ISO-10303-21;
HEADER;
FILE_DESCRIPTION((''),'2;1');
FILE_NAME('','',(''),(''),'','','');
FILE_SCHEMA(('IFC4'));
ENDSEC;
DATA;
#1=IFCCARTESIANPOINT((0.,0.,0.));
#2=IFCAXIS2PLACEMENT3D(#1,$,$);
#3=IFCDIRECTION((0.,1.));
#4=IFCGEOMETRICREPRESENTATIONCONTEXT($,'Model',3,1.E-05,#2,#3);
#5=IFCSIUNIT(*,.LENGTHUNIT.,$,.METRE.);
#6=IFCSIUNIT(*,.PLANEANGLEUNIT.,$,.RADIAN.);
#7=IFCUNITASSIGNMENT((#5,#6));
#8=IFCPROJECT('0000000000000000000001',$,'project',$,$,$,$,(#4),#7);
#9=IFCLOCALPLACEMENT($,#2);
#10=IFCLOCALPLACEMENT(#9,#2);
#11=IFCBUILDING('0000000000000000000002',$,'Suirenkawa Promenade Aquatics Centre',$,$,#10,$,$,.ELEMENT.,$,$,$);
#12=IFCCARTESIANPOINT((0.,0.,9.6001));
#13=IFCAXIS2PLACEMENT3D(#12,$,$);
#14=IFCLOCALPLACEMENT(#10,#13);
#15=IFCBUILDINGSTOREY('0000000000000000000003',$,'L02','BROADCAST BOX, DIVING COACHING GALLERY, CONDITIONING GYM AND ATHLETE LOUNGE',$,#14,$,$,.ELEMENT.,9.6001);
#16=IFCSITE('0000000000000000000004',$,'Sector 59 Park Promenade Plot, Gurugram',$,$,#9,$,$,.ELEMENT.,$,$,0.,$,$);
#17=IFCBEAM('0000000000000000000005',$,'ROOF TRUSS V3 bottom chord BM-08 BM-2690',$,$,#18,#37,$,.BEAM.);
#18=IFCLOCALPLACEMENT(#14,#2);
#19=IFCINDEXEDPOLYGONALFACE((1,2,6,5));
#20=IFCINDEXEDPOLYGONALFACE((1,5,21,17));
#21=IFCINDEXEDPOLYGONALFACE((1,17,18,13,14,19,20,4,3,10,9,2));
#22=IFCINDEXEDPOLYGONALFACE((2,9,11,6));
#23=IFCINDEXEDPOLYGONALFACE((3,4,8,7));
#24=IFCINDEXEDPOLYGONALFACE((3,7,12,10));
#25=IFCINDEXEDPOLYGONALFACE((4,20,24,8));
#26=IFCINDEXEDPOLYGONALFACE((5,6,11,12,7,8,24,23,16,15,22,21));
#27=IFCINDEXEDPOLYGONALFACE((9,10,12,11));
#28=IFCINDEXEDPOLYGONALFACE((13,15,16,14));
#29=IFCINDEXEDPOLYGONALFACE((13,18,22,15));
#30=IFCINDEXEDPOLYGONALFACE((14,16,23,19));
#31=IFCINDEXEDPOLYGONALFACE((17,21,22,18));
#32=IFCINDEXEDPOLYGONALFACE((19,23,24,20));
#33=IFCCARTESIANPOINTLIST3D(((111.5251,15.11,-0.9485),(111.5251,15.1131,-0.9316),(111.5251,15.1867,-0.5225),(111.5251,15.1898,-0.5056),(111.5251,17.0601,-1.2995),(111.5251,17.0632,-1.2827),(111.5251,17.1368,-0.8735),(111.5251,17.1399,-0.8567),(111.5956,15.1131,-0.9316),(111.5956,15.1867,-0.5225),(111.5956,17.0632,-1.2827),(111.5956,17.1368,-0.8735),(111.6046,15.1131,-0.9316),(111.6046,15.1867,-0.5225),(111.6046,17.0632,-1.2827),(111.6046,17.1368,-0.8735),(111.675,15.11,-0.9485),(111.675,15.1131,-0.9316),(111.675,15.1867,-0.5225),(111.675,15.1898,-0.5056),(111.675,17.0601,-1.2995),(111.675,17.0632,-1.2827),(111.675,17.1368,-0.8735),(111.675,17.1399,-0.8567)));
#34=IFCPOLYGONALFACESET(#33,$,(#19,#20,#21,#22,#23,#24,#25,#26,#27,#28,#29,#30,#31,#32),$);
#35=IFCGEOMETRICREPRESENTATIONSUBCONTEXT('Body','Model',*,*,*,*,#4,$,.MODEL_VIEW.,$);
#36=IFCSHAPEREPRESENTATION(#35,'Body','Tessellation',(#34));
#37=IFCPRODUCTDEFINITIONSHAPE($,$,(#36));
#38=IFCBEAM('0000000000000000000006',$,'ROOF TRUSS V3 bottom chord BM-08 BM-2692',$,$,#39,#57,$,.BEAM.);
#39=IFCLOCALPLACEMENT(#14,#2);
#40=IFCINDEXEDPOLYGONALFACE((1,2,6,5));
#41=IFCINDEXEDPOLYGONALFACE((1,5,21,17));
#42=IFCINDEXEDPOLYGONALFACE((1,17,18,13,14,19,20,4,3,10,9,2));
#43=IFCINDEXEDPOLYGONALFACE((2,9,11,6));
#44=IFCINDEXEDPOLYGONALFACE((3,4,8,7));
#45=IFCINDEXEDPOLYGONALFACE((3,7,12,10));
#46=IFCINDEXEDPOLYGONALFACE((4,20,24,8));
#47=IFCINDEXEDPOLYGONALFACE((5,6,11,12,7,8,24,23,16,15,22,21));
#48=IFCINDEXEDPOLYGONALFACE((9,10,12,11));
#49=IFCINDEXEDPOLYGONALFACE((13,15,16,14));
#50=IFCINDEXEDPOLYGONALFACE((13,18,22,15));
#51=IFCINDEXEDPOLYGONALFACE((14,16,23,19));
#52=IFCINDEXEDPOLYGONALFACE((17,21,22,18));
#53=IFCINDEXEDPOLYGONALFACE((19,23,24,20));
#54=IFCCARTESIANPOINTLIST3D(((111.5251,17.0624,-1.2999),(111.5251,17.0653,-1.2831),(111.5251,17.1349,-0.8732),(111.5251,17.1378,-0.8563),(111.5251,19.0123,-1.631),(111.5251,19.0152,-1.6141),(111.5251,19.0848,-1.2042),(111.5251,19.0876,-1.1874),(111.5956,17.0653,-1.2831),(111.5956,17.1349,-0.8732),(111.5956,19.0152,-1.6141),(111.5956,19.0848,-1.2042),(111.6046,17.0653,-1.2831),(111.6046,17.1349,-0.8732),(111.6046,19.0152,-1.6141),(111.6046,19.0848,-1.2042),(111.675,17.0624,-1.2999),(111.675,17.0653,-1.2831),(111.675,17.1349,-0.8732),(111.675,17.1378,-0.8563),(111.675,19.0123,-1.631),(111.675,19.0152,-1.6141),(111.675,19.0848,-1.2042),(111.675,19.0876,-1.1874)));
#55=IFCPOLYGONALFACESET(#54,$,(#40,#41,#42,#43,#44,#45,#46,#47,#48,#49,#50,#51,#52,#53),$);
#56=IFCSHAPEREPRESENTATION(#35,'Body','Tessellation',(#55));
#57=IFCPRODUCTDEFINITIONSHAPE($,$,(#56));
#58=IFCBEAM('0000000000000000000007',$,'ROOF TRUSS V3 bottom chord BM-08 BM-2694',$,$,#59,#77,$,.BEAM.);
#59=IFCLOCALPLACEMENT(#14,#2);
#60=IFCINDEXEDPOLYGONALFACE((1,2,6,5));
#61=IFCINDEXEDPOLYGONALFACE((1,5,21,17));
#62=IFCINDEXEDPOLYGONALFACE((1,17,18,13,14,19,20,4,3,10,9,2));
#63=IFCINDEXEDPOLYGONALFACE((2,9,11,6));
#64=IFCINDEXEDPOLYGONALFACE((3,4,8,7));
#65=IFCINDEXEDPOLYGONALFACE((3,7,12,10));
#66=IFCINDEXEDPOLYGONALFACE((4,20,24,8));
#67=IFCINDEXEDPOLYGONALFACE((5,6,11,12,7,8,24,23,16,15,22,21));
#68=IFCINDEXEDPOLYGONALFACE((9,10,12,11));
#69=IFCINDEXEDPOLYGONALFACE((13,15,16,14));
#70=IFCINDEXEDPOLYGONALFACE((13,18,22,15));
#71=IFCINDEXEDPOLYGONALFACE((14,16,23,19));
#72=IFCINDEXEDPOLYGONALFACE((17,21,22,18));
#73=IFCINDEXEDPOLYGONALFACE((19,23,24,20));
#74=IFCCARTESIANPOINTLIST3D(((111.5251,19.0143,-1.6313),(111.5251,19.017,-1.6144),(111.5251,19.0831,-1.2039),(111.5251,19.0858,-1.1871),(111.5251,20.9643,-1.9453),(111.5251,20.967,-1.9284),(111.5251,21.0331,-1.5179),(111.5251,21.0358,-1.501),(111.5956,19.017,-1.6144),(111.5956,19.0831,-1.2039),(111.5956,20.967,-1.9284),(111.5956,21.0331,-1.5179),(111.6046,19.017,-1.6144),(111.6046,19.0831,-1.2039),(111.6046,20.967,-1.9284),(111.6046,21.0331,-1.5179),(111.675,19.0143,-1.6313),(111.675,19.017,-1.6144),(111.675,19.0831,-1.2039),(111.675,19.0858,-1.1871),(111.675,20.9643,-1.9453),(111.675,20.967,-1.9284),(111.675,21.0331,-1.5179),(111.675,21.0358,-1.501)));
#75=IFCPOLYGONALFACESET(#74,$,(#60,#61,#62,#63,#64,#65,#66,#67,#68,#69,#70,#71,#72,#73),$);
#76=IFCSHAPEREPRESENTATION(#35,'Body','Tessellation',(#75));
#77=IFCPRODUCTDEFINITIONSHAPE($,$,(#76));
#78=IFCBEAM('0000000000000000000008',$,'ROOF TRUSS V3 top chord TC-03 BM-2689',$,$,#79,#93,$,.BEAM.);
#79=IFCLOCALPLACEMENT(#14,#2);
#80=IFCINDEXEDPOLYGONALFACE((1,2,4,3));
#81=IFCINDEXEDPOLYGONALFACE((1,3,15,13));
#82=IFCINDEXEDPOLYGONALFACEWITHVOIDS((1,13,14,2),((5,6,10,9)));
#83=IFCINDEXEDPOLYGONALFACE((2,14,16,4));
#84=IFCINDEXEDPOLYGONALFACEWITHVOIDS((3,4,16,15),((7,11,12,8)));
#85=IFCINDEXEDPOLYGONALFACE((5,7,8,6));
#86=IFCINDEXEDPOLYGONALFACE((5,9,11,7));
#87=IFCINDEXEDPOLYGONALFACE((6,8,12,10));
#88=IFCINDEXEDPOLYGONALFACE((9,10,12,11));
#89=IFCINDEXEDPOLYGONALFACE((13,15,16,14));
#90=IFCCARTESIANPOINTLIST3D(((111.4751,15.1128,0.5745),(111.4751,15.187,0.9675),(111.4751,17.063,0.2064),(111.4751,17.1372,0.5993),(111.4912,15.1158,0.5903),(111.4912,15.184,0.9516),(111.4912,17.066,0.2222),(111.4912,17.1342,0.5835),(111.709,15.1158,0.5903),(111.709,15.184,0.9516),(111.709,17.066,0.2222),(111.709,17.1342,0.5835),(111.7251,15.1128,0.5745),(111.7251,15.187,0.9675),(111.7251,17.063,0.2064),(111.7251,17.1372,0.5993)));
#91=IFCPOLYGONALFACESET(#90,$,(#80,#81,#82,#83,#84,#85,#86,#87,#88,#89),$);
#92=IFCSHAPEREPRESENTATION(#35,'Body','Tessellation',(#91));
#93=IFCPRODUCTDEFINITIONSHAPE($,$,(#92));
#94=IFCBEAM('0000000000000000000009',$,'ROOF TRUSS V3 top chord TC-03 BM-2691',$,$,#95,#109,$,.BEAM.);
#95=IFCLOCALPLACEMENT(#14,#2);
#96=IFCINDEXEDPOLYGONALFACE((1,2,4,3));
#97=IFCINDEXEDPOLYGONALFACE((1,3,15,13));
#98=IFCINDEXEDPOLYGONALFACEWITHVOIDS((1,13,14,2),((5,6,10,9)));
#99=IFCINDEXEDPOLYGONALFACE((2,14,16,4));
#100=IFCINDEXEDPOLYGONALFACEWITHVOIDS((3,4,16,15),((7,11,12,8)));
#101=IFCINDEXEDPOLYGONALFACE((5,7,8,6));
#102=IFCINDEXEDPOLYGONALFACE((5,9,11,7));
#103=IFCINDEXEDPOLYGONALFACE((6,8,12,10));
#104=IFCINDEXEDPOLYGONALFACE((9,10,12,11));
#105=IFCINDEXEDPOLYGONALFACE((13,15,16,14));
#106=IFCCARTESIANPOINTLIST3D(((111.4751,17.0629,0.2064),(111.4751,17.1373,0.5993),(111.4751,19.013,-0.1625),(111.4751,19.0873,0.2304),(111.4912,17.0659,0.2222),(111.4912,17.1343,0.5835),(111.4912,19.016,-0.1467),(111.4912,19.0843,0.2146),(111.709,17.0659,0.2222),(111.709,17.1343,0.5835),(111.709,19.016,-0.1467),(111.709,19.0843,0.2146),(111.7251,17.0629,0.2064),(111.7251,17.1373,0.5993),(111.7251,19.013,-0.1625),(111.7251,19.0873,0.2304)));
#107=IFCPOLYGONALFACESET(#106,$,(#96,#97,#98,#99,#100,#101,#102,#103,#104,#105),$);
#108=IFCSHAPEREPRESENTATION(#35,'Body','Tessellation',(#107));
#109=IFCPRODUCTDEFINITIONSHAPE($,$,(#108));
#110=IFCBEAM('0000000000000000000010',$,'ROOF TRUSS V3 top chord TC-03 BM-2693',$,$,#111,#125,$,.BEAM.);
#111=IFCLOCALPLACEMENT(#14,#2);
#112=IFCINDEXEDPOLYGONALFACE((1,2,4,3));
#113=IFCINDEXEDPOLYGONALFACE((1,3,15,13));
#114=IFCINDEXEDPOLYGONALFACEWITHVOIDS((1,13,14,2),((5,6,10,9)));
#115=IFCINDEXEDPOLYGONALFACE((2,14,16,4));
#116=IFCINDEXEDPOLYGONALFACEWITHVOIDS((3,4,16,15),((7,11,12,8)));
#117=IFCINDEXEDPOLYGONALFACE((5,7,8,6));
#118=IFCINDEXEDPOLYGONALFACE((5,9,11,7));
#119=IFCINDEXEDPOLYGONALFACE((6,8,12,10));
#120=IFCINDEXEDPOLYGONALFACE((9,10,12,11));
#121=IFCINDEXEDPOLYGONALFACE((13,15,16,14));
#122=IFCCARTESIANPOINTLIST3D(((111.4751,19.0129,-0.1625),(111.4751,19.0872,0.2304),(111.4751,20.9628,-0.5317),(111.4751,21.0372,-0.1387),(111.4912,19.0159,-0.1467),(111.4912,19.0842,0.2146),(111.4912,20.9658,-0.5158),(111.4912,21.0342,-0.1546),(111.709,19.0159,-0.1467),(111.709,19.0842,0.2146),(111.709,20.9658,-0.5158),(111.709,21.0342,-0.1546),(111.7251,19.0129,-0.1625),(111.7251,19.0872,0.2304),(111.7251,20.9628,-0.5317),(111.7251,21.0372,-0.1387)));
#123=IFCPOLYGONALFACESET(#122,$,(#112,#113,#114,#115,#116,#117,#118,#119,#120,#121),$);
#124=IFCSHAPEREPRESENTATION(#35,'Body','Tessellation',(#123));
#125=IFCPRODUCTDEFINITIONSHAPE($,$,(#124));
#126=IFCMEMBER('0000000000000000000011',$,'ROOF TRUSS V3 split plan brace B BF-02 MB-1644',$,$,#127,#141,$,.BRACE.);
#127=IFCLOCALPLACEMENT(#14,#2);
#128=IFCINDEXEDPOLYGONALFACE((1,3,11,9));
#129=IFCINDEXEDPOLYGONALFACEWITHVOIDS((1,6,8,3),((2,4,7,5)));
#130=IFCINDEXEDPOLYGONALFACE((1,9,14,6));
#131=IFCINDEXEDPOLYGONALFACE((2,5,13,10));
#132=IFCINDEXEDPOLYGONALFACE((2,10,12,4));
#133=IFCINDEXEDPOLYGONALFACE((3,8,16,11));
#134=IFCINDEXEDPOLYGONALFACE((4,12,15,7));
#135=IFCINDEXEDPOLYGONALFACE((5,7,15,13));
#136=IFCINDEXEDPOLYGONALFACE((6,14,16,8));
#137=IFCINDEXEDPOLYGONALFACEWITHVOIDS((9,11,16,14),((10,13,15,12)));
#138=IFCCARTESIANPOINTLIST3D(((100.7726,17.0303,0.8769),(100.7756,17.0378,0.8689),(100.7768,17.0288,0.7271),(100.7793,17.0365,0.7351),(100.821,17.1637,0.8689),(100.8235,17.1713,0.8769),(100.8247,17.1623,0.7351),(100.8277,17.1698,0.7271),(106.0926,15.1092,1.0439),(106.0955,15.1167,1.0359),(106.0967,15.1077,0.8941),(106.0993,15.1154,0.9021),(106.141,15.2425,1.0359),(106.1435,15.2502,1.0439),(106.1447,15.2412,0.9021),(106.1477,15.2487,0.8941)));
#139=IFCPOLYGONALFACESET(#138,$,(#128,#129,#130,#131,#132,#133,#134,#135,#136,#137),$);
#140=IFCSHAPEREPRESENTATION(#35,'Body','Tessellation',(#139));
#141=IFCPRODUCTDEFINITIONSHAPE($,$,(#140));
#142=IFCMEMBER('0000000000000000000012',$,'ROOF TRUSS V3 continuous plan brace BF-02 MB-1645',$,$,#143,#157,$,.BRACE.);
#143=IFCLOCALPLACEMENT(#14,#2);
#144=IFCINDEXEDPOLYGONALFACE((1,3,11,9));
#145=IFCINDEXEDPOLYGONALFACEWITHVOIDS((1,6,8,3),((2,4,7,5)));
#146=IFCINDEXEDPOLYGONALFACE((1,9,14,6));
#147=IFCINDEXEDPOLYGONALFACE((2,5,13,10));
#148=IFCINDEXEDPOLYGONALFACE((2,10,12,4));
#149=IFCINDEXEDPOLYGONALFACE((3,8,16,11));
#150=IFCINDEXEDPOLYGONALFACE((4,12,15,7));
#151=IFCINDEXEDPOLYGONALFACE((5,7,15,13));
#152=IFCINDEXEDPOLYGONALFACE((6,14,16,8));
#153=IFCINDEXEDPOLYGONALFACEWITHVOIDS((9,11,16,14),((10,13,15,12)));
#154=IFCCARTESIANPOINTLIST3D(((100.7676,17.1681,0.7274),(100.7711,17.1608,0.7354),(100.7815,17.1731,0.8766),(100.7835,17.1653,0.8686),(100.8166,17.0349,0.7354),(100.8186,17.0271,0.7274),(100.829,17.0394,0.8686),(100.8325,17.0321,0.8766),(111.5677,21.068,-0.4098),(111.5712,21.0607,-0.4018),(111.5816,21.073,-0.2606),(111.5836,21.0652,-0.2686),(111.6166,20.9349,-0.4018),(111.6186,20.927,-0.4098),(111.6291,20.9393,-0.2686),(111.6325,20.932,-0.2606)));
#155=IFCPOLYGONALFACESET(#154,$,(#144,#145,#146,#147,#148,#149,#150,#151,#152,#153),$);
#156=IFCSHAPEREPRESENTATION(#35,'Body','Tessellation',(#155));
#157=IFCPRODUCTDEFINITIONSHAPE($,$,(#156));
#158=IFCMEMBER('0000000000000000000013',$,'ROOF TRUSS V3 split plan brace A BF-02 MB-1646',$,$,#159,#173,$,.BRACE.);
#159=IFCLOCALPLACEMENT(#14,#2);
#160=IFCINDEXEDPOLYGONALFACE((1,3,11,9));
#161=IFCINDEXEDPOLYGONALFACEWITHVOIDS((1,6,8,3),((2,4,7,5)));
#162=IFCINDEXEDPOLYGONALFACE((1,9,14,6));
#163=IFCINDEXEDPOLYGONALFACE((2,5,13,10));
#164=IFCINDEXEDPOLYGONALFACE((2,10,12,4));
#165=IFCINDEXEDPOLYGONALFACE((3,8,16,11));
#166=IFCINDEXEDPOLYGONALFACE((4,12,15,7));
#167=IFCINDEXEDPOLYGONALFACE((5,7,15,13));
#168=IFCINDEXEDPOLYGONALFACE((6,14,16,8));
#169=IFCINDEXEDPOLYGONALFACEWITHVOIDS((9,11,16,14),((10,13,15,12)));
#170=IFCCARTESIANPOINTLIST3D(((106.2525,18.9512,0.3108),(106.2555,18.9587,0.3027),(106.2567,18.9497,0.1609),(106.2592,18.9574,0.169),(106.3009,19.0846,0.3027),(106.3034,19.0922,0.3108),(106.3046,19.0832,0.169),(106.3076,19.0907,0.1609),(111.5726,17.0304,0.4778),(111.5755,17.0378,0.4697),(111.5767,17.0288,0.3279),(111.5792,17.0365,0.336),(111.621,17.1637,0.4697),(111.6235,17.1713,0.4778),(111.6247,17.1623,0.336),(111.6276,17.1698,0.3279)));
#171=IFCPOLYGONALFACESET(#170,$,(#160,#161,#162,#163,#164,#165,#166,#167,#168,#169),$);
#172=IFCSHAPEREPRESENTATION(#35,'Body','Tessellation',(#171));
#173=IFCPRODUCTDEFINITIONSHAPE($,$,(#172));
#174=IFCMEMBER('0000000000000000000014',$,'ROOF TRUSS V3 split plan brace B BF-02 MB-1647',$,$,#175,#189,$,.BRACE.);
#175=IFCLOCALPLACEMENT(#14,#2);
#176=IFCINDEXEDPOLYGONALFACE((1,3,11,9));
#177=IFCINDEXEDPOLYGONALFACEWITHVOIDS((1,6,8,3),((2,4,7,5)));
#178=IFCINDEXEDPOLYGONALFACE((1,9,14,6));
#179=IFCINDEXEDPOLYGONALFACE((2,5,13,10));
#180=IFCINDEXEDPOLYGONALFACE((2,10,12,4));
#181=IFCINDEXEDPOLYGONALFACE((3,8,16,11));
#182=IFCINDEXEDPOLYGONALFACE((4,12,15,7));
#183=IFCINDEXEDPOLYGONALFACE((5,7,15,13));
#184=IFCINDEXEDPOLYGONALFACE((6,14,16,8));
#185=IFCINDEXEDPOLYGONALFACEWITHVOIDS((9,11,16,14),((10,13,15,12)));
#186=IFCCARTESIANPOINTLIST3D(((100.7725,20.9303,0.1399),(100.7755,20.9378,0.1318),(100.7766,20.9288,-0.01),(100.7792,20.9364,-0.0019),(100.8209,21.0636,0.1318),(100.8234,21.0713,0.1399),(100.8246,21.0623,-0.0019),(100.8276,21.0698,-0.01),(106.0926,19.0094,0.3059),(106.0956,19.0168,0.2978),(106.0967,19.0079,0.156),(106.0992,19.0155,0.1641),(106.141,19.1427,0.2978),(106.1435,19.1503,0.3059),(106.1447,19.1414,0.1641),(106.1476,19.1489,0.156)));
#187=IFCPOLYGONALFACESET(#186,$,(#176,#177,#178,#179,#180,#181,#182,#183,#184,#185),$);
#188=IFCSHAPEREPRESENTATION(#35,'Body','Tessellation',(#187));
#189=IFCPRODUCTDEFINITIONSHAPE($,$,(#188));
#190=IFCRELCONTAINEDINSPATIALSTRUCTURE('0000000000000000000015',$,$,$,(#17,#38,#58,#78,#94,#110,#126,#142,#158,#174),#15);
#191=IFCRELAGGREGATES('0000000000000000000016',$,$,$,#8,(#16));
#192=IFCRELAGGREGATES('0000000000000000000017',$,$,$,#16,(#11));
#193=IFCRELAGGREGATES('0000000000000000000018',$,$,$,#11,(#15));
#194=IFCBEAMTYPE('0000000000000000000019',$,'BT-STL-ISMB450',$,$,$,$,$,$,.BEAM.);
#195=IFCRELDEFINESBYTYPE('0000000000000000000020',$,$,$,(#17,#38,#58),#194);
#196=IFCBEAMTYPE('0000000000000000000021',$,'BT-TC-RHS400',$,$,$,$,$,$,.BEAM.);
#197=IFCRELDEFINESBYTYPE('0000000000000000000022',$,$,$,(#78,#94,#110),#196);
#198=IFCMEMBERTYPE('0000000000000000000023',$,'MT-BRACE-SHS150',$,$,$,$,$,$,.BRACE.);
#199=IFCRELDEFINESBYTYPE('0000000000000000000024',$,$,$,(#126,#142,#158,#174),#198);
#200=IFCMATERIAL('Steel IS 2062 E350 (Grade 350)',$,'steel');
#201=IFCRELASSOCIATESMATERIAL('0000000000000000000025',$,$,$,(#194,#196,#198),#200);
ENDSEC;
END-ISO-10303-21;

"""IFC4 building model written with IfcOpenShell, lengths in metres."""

from ifc_helpers import new_model, si_unit, direction, frame, origin, origin_2d, place, context, subcontext, project, spatial, hollow_rectangle, i_section, extrude, material, material_profile, profile_set, type_object, element, save


model = new_model("IFC4")

# Units and contexts
model_context = context("Model", 3, precision=1e-05, world=origin(), true_north=direction((0.0, 1.0)))
body_context = subcontext(model_context, "Body", "Model", "MODEL_VIEW")
ifc_project = project(units=[si_unit("LENGTHUNIT", "METRE"), si_unit("PLANEANGLEUNIT", "RADIAN")], contexts=[model_context])

# Site, building, storey
site_placement = place(None, origin())
site = spatial("IfcSite", under=ifc_project, at=site_placement, Name="Sector 59 Park Promenade Plot, Gurugram", CompositionType="ELEMENT", RefElevation=0.0)
building_placement = place(site_placement, origin())
building = spatial("IfcBuilding", under=site, at=building_placement, Name="Suirenkawa Promenade Aquatics Centre", CompositionType="ELEMENT")
storey_placement = place(building_placement, frame((0.0, 0.0, 9.6001)))
storey = spatial("IfcBuildingStorey", under=building, at=storey_placement, Name="L02", Description="BROADCAST BOX, DIVING COACHING GALLERY, CONDITIONING GYM AND ATHLETE LOUNGE", CompositionType="ELEMENT", Elevation=9.6001)

# Beams
ifc_material = material(Name="Steel IS 2062 E350 (Grade 350)", Category="steel")
ifc_material_profile_1 = material_profile(ifc_material, i_section(OverallWidth=0.1499, OverallDepth=0.45, WebThickness=0.009, FlangeThickness=0.0171, at=origin_2d()), Name="ISMB 450", Category="steel")
ifc_profile_set_1 = profile_set([ifc_material_profile_1], Name="Steel IS 2062 E350 (Grade 350)")
beam_type_1 = type_object("IfcBeamType", Name="BT-STL-ISMB450", PredefinedType="BEAM", material=ifc_profile_set_1)
beam_1_placement = place(storey_placement, frame((111.6001, 15.1499, -0.7271), z_axis=(0.0, 0.98418, -0.177172), x_axis=(-1.0, 0.0, 0.0)))
element("IfcBeam", 1, at=beam_1_placement, inside=storey, type_object=beam_type_1, Name="ROOF TRUSS V3 bottom chord BM-08 BM-2690", PredefinedType="BEAM", context=body_context, shape_type="SweptSolid", body=[
    extrude(i_section(OverallWidth=0.1499, OverallDepth=0.45, WebThickness=0.009, FlangeThickness=0.0171, at=origin_2d()), origin(), (0.0, 0.0, 1.0), 1.9814),
])
beam_2_placement = place(storey_placement, frame((111.6001, 17.1001, -1.0781), z_axis=(0.0, 0.985892, -0.167381), x_axis=(-1.0, 0.0, 0.0)))
element("IfcBeam", 2, at=beam_2_placement, inside=storey, type_object=beam_type_1, Name="ROOF TRUSS V3 bottom chord BM-08 BM-2692", PredefinedType="BEAM", context=body_context, shape_type="SweptSolid", body=[
    extrude(i_section(OverallWidth=0.1499, OverallDepth=0.45, WebThickness=0.009, FlangeThickness=0.0171, at=origin_2d()), origin(), (0.0, 0.0, 1.0), 1.9778),
])
beam_3_placement = place(storey_placement, frame((111.6001, 19.05, -1.4092), z_axis=(0.0, 0.987284, -0.158964), x_axis=(-1.0, 0.0, 0.0)))
element("IfcBeam", 3, at=beam_3_placement, inside=storey, type_object=beam_type_1, Name="ROOF TRUSS V3 bottom chord BM-08 BM-2694", PredefinedType="BEAM", context=body_context, shape_type="SweptSolid", body=[
    extrude(i_section(OverallWidth=0.1499, OverallDepth=0.45, WebThickness=0.009, FlangeThickness=0.0171, at=origin_2d()), origin(), (0.0, 0.0, 1.0), 1.9751),
])
ifc_material_profile_2 = material_profile(ifc_material, hollow_rectangle(XDim=0.25, YDim=0.3999, WallThickness=0.0161, at=origin_2d()), Name="RHS 400x250x16", Category="steel")
ifc_profile_set_2 = profile_set([ifc_material_profile_2], Name="Steel IS 2062 E350 (Grade 350)")
beam_type_2 = type_object("IfcBeamType", Name="BT-TC-RHS400", PredefinedType="BEAM", material=ifc_profile_set_2)
for number, where, z_axis, x_axis, name in (
    (4, (111.6001, 15.1499, 0.771), (0.0, 0.982643, -0.185506), (-1.0, 0.0, 0.0), "ROOF TRUSS V3 top chord TC-03 BM-2689"),
    (5, (111.6001, 17.1001, 0.4028), (0.0, 0.982571, -0.185885), (-1.0, 0.0, 0.0), "ROOF TRUSS V3 top chord TC-03 BM-2691"),
    (6, (111.6001, 19.05, 0.0339), (0.0, 0.982549, -0.186004), (-1.0, 0.0, 0.0), "ROOF TRUSS V3 top chord TC-03 BM-2693"),
):
    element("IfcBeam", number, at=place(storey_placement, frame(where, z_axis=z_axis, x_axis=x_axis)), inside=storey, type_object=beam_type_2, Name=name, PredefinedType="BEAM", context=body_context, shape_type="SweptSolid", body=[
        extrude(hollow_rectangle(XDim=0.25, YDim=0.3999, WallThickness=0.0161, at=origin_2d()), origin(), (0.0, 0.0, 1.0), 1.9846),
    ])

# Members
ifc_material_profile_3 = material_profile(ifc_material, hollow_rectangle(XDim=0.1499, YDim=0.1499, WallThickness=0.0081, at=origin_2d()), Name="SHS 150x150x8", Category="steel")
ifc_profile_set_3 = profile_set([ifc_material_profile_3], Name="Steel IS 2062 E350 (Grade 350)")
member_type_1 = type_object("IfcMemberType", Name="MT-BRACE-SHS150", PredefinedType="BRACE", material=ifc_profile_set_3)
member_1_placement = place(storey_placement, frame((106.1201, 15.179, 0.969), z_axis=(-0.940144, 0.339498, -0.02951), x_axis=(-0.339646, -0.940554, 0.0)))
element("IfcMember", 7, at=member_1_placement, inside=storey, type_object=member_type_1, Name="ROOF TRUSS V3 split plan brace B BF-02 MB-1644", PredefinedType="BRACE", context=body_context, shape_type="SweptSolid", body=[
    extrude(hollow_rectangle(XDim=0.1499, YDim=0.1499, WallThickness=0.0081, at=origin_2d()), origin(), (0.0, 0.0, 1.0), 5.6587),
])
member_2_placement = place(storey_placement, frame((100.8, 17.1001, 0.802), z_axis=(0.935978, 0.337982, -0.098555), x_axis=(-0.339636, 0.940557, 0.0)))
element("IfcMember", 8, at=member_2_placement, inside=storey, type_object=member_type_1, Name="ROOF TRUSS V3 continuous plan brace BF-02 MB-1645", PredefinedType="BRACE", context=body_context, shape_type="SweptSolid", body=[
    extrude(hollow_rectangle(XDim=0.1499, YDim=0.1499, WallThickness=0.0081, at=origin_2d()), origin(), (0.0, 0.0, 1.0), 11.5388),
])
for number, where, z_axis, x_axis, name in (
    (9, (111.6001, 17.1001, 0.4028), (-0.940158, 0.339459, -0.029511), (-0.339607, -0.940567, 0.0), "ROOF TRUSS V3 split plan brace A BF-02 MB-1646"),
    (10, (106.1201, 19.0791, 0.231), (-0.940162, 0.339461, -0.029338), (-0.339607, -0.940567, 0.0), "ROOF TRUSS V3 split plan brace B BF-02 MB-1647"),
):
    element("IfcMember", number, at=place(storey_placement, frame(where, z_axis=z_axis, x_axis=x_axis)), inside=storey, type_object=member_type_1, Name=name, PredefinedType="BRACE", context=body_context, shape_type="SweptSolid", body=[
        extrude(hollow_rectangle(XDim=0.1499, YDim=0.1499, WallThickness=0.0081, at=origin_2d()), origin(), (0.0, 0.0, 1.0), 5.6587),
    ])

save(model, "model.ifc")
